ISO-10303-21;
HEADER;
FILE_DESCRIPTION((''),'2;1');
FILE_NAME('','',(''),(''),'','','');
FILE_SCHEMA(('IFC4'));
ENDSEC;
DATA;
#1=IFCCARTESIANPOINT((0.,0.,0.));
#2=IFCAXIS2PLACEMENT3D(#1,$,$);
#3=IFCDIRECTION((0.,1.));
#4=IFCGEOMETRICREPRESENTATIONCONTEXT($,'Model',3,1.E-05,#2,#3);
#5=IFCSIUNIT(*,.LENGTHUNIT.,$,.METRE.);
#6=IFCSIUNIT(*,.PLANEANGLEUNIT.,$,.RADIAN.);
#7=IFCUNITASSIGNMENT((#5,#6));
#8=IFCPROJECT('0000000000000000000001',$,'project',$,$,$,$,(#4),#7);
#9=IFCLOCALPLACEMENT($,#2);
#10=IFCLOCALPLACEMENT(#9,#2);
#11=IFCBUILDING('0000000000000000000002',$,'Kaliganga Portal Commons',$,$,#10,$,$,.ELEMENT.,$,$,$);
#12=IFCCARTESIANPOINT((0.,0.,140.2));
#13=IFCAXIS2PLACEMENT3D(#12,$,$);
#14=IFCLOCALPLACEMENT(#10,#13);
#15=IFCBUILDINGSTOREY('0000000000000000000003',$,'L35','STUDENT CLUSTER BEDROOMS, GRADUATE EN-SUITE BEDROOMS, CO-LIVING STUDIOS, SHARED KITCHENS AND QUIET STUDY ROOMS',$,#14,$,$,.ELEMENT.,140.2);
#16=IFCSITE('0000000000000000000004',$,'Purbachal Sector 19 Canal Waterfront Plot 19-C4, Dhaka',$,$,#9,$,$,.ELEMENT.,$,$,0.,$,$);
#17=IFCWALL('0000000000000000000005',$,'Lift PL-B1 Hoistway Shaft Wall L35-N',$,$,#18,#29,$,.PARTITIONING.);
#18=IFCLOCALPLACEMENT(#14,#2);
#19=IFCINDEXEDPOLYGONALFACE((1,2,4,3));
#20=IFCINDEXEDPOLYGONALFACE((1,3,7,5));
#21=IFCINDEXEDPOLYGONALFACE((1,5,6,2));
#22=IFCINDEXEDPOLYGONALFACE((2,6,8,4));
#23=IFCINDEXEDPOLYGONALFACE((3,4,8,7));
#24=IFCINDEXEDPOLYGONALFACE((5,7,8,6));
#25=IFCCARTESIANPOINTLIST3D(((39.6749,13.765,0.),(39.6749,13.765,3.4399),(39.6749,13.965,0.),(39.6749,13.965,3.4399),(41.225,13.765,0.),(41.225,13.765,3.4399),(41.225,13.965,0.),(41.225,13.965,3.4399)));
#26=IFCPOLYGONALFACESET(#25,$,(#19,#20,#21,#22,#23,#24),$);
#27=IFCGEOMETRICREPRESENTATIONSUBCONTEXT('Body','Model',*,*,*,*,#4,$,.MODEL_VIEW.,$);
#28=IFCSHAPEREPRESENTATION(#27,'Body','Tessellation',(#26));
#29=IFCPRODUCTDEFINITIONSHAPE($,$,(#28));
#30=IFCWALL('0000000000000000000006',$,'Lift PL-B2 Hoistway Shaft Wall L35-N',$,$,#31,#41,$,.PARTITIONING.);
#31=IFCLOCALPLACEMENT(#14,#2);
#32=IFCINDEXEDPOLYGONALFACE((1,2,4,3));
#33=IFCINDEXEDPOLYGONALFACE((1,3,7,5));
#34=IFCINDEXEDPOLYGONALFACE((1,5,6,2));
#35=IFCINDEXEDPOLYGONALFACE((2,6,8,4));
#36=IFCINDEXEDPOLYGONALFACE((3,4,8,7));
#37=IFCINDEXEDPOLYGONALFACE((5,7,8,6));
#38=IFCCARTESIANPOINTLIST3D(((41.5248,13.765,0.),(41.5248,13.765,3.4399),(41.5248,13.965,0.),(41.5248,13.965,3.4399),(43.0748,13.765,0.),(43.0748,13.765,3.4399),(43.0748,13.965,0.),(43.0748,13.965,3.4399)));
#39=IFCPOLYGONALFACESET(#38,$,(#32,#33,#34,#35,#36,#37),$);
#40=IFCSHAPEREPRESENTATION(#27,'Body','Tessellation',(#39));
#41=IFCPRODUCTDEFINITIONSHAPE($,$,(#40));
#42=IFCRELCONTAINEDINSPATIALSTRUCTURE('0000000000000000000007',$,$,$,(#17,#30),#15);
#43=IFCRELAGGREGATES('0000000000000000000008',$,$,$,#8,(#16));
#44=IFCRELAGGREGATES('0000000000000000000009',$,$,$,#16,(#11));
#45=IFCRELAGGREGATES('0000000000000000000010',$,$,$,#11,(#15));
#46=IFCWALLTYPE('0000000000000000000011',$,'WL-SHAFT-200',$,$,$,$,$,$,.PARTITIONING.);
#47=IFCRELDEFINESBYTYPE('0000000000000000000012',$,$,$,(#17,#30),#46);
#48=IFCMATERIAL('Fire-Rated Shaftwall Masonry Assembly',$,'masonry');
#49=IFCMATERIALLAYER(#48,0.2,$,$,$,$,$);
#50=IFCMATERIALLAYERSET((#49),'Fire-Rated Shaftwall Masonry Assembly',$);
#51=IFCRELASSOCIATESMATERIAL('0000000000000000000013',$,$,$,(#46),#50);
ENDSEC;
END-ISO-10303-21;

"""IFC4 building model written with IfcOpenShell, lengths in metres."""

from ifc_helpers import new_model, si_unit, direction, frame, frame_2d, origin, place, context, subcontext, project, spatial, rectangle, extrude, material, layer, layer_set, type_object, element, save


model = new_model("IFC4")

# Units and contexts
model_context = context("Model", 3, precision=1e-05, world=origin(), true_north=direction((0.0, 1.0)))
body_context = subcontext(model_context, "Body", "Model", "MODEL_VIEW")
ifc_project = project(units=[si_unit("LENGTHUNIT", "METRE"), si_unit("PLANEANGLEUNIT", "RADIAN")], contexts=[model_context])

# Site, building, storey
site_placement = place(None, origin())
site = spatial("IfcSite", under=ifc_project, at=site_placement, Name="Purbachal Sector 19 Canal Waterfront Plot 19-C4, Dhaka", CompositionType="ELEMENT", RefElevation=0.0)
building_placement = place(site_placement, origin())
building = spatial("IfcBuilding", under=site, at=building_placement, Name="Kaliganga Portal Commons", CompositionType="ELEMENT")
storey_placement = place(building_placement, frame((0.0, 0.0, 140.2)))
storey = spatial("IfcBuildingStorey", under=building, at=storey_placement, Name="L35", Description="STUDENT CLUSTER BEDROOMS, GRADUATE EN-SUITE BEDROOMS, CO-LIVING STUDIOS, SHARED KITCHENS AND QUIET STUDY ROOMS", CompositionType="ELEMENT", Elevation=140.2)

# Walls
ifc_material_1 = material(Name="Fire-Rated Shaftwall Masonry Assembly", Category="masonry")
ifc_layer_1 = layer(ifc_material_1, 0.2)
ifc_layer_set_1 = layer_set([ifc_layer_1], Name="Fire-Rated Shaftwall Masonry Assembly")
wall_type_1 = type_object("IfcWallType", Name="WL-SHAFT-200", PredefinedType="PARTITIONING", material=ifc_layer_set_1)
for number, where, z_axis, x_axis, name in (
    (1, (39.675, 13.865, 0.0), (0.0, 0.0, 1.0), (1.0, 0.0, 0.0), "Lift PL-B1 Hoistway Shaft Wall L35-N"),
    (2, (41.5249, 13.865, 0.0), (0.0, 0.0, 1.0), (1.0, 0.0, 0.0), "Lift PL-B2 Hoistway Shaft Wall L35-N"),
):
    element("IfcWall", number, at=place(storey_placement, frame(where, z_axis=z_axis, x_axis=x_axis)), inside=storey, type_object=wall_type_1, Name=name, PredefinedType="PARTITIONING", context=body_context, shape_type="SweptSolid", body=[
        extrude(rectangle(XDim=1.55, YDim=0.2, at=frame_2d((0.7749, 0.0))), origin(), (0.0, 0.0, 1.0), 3.4399),
    ])

save(model, "model.ifc")
